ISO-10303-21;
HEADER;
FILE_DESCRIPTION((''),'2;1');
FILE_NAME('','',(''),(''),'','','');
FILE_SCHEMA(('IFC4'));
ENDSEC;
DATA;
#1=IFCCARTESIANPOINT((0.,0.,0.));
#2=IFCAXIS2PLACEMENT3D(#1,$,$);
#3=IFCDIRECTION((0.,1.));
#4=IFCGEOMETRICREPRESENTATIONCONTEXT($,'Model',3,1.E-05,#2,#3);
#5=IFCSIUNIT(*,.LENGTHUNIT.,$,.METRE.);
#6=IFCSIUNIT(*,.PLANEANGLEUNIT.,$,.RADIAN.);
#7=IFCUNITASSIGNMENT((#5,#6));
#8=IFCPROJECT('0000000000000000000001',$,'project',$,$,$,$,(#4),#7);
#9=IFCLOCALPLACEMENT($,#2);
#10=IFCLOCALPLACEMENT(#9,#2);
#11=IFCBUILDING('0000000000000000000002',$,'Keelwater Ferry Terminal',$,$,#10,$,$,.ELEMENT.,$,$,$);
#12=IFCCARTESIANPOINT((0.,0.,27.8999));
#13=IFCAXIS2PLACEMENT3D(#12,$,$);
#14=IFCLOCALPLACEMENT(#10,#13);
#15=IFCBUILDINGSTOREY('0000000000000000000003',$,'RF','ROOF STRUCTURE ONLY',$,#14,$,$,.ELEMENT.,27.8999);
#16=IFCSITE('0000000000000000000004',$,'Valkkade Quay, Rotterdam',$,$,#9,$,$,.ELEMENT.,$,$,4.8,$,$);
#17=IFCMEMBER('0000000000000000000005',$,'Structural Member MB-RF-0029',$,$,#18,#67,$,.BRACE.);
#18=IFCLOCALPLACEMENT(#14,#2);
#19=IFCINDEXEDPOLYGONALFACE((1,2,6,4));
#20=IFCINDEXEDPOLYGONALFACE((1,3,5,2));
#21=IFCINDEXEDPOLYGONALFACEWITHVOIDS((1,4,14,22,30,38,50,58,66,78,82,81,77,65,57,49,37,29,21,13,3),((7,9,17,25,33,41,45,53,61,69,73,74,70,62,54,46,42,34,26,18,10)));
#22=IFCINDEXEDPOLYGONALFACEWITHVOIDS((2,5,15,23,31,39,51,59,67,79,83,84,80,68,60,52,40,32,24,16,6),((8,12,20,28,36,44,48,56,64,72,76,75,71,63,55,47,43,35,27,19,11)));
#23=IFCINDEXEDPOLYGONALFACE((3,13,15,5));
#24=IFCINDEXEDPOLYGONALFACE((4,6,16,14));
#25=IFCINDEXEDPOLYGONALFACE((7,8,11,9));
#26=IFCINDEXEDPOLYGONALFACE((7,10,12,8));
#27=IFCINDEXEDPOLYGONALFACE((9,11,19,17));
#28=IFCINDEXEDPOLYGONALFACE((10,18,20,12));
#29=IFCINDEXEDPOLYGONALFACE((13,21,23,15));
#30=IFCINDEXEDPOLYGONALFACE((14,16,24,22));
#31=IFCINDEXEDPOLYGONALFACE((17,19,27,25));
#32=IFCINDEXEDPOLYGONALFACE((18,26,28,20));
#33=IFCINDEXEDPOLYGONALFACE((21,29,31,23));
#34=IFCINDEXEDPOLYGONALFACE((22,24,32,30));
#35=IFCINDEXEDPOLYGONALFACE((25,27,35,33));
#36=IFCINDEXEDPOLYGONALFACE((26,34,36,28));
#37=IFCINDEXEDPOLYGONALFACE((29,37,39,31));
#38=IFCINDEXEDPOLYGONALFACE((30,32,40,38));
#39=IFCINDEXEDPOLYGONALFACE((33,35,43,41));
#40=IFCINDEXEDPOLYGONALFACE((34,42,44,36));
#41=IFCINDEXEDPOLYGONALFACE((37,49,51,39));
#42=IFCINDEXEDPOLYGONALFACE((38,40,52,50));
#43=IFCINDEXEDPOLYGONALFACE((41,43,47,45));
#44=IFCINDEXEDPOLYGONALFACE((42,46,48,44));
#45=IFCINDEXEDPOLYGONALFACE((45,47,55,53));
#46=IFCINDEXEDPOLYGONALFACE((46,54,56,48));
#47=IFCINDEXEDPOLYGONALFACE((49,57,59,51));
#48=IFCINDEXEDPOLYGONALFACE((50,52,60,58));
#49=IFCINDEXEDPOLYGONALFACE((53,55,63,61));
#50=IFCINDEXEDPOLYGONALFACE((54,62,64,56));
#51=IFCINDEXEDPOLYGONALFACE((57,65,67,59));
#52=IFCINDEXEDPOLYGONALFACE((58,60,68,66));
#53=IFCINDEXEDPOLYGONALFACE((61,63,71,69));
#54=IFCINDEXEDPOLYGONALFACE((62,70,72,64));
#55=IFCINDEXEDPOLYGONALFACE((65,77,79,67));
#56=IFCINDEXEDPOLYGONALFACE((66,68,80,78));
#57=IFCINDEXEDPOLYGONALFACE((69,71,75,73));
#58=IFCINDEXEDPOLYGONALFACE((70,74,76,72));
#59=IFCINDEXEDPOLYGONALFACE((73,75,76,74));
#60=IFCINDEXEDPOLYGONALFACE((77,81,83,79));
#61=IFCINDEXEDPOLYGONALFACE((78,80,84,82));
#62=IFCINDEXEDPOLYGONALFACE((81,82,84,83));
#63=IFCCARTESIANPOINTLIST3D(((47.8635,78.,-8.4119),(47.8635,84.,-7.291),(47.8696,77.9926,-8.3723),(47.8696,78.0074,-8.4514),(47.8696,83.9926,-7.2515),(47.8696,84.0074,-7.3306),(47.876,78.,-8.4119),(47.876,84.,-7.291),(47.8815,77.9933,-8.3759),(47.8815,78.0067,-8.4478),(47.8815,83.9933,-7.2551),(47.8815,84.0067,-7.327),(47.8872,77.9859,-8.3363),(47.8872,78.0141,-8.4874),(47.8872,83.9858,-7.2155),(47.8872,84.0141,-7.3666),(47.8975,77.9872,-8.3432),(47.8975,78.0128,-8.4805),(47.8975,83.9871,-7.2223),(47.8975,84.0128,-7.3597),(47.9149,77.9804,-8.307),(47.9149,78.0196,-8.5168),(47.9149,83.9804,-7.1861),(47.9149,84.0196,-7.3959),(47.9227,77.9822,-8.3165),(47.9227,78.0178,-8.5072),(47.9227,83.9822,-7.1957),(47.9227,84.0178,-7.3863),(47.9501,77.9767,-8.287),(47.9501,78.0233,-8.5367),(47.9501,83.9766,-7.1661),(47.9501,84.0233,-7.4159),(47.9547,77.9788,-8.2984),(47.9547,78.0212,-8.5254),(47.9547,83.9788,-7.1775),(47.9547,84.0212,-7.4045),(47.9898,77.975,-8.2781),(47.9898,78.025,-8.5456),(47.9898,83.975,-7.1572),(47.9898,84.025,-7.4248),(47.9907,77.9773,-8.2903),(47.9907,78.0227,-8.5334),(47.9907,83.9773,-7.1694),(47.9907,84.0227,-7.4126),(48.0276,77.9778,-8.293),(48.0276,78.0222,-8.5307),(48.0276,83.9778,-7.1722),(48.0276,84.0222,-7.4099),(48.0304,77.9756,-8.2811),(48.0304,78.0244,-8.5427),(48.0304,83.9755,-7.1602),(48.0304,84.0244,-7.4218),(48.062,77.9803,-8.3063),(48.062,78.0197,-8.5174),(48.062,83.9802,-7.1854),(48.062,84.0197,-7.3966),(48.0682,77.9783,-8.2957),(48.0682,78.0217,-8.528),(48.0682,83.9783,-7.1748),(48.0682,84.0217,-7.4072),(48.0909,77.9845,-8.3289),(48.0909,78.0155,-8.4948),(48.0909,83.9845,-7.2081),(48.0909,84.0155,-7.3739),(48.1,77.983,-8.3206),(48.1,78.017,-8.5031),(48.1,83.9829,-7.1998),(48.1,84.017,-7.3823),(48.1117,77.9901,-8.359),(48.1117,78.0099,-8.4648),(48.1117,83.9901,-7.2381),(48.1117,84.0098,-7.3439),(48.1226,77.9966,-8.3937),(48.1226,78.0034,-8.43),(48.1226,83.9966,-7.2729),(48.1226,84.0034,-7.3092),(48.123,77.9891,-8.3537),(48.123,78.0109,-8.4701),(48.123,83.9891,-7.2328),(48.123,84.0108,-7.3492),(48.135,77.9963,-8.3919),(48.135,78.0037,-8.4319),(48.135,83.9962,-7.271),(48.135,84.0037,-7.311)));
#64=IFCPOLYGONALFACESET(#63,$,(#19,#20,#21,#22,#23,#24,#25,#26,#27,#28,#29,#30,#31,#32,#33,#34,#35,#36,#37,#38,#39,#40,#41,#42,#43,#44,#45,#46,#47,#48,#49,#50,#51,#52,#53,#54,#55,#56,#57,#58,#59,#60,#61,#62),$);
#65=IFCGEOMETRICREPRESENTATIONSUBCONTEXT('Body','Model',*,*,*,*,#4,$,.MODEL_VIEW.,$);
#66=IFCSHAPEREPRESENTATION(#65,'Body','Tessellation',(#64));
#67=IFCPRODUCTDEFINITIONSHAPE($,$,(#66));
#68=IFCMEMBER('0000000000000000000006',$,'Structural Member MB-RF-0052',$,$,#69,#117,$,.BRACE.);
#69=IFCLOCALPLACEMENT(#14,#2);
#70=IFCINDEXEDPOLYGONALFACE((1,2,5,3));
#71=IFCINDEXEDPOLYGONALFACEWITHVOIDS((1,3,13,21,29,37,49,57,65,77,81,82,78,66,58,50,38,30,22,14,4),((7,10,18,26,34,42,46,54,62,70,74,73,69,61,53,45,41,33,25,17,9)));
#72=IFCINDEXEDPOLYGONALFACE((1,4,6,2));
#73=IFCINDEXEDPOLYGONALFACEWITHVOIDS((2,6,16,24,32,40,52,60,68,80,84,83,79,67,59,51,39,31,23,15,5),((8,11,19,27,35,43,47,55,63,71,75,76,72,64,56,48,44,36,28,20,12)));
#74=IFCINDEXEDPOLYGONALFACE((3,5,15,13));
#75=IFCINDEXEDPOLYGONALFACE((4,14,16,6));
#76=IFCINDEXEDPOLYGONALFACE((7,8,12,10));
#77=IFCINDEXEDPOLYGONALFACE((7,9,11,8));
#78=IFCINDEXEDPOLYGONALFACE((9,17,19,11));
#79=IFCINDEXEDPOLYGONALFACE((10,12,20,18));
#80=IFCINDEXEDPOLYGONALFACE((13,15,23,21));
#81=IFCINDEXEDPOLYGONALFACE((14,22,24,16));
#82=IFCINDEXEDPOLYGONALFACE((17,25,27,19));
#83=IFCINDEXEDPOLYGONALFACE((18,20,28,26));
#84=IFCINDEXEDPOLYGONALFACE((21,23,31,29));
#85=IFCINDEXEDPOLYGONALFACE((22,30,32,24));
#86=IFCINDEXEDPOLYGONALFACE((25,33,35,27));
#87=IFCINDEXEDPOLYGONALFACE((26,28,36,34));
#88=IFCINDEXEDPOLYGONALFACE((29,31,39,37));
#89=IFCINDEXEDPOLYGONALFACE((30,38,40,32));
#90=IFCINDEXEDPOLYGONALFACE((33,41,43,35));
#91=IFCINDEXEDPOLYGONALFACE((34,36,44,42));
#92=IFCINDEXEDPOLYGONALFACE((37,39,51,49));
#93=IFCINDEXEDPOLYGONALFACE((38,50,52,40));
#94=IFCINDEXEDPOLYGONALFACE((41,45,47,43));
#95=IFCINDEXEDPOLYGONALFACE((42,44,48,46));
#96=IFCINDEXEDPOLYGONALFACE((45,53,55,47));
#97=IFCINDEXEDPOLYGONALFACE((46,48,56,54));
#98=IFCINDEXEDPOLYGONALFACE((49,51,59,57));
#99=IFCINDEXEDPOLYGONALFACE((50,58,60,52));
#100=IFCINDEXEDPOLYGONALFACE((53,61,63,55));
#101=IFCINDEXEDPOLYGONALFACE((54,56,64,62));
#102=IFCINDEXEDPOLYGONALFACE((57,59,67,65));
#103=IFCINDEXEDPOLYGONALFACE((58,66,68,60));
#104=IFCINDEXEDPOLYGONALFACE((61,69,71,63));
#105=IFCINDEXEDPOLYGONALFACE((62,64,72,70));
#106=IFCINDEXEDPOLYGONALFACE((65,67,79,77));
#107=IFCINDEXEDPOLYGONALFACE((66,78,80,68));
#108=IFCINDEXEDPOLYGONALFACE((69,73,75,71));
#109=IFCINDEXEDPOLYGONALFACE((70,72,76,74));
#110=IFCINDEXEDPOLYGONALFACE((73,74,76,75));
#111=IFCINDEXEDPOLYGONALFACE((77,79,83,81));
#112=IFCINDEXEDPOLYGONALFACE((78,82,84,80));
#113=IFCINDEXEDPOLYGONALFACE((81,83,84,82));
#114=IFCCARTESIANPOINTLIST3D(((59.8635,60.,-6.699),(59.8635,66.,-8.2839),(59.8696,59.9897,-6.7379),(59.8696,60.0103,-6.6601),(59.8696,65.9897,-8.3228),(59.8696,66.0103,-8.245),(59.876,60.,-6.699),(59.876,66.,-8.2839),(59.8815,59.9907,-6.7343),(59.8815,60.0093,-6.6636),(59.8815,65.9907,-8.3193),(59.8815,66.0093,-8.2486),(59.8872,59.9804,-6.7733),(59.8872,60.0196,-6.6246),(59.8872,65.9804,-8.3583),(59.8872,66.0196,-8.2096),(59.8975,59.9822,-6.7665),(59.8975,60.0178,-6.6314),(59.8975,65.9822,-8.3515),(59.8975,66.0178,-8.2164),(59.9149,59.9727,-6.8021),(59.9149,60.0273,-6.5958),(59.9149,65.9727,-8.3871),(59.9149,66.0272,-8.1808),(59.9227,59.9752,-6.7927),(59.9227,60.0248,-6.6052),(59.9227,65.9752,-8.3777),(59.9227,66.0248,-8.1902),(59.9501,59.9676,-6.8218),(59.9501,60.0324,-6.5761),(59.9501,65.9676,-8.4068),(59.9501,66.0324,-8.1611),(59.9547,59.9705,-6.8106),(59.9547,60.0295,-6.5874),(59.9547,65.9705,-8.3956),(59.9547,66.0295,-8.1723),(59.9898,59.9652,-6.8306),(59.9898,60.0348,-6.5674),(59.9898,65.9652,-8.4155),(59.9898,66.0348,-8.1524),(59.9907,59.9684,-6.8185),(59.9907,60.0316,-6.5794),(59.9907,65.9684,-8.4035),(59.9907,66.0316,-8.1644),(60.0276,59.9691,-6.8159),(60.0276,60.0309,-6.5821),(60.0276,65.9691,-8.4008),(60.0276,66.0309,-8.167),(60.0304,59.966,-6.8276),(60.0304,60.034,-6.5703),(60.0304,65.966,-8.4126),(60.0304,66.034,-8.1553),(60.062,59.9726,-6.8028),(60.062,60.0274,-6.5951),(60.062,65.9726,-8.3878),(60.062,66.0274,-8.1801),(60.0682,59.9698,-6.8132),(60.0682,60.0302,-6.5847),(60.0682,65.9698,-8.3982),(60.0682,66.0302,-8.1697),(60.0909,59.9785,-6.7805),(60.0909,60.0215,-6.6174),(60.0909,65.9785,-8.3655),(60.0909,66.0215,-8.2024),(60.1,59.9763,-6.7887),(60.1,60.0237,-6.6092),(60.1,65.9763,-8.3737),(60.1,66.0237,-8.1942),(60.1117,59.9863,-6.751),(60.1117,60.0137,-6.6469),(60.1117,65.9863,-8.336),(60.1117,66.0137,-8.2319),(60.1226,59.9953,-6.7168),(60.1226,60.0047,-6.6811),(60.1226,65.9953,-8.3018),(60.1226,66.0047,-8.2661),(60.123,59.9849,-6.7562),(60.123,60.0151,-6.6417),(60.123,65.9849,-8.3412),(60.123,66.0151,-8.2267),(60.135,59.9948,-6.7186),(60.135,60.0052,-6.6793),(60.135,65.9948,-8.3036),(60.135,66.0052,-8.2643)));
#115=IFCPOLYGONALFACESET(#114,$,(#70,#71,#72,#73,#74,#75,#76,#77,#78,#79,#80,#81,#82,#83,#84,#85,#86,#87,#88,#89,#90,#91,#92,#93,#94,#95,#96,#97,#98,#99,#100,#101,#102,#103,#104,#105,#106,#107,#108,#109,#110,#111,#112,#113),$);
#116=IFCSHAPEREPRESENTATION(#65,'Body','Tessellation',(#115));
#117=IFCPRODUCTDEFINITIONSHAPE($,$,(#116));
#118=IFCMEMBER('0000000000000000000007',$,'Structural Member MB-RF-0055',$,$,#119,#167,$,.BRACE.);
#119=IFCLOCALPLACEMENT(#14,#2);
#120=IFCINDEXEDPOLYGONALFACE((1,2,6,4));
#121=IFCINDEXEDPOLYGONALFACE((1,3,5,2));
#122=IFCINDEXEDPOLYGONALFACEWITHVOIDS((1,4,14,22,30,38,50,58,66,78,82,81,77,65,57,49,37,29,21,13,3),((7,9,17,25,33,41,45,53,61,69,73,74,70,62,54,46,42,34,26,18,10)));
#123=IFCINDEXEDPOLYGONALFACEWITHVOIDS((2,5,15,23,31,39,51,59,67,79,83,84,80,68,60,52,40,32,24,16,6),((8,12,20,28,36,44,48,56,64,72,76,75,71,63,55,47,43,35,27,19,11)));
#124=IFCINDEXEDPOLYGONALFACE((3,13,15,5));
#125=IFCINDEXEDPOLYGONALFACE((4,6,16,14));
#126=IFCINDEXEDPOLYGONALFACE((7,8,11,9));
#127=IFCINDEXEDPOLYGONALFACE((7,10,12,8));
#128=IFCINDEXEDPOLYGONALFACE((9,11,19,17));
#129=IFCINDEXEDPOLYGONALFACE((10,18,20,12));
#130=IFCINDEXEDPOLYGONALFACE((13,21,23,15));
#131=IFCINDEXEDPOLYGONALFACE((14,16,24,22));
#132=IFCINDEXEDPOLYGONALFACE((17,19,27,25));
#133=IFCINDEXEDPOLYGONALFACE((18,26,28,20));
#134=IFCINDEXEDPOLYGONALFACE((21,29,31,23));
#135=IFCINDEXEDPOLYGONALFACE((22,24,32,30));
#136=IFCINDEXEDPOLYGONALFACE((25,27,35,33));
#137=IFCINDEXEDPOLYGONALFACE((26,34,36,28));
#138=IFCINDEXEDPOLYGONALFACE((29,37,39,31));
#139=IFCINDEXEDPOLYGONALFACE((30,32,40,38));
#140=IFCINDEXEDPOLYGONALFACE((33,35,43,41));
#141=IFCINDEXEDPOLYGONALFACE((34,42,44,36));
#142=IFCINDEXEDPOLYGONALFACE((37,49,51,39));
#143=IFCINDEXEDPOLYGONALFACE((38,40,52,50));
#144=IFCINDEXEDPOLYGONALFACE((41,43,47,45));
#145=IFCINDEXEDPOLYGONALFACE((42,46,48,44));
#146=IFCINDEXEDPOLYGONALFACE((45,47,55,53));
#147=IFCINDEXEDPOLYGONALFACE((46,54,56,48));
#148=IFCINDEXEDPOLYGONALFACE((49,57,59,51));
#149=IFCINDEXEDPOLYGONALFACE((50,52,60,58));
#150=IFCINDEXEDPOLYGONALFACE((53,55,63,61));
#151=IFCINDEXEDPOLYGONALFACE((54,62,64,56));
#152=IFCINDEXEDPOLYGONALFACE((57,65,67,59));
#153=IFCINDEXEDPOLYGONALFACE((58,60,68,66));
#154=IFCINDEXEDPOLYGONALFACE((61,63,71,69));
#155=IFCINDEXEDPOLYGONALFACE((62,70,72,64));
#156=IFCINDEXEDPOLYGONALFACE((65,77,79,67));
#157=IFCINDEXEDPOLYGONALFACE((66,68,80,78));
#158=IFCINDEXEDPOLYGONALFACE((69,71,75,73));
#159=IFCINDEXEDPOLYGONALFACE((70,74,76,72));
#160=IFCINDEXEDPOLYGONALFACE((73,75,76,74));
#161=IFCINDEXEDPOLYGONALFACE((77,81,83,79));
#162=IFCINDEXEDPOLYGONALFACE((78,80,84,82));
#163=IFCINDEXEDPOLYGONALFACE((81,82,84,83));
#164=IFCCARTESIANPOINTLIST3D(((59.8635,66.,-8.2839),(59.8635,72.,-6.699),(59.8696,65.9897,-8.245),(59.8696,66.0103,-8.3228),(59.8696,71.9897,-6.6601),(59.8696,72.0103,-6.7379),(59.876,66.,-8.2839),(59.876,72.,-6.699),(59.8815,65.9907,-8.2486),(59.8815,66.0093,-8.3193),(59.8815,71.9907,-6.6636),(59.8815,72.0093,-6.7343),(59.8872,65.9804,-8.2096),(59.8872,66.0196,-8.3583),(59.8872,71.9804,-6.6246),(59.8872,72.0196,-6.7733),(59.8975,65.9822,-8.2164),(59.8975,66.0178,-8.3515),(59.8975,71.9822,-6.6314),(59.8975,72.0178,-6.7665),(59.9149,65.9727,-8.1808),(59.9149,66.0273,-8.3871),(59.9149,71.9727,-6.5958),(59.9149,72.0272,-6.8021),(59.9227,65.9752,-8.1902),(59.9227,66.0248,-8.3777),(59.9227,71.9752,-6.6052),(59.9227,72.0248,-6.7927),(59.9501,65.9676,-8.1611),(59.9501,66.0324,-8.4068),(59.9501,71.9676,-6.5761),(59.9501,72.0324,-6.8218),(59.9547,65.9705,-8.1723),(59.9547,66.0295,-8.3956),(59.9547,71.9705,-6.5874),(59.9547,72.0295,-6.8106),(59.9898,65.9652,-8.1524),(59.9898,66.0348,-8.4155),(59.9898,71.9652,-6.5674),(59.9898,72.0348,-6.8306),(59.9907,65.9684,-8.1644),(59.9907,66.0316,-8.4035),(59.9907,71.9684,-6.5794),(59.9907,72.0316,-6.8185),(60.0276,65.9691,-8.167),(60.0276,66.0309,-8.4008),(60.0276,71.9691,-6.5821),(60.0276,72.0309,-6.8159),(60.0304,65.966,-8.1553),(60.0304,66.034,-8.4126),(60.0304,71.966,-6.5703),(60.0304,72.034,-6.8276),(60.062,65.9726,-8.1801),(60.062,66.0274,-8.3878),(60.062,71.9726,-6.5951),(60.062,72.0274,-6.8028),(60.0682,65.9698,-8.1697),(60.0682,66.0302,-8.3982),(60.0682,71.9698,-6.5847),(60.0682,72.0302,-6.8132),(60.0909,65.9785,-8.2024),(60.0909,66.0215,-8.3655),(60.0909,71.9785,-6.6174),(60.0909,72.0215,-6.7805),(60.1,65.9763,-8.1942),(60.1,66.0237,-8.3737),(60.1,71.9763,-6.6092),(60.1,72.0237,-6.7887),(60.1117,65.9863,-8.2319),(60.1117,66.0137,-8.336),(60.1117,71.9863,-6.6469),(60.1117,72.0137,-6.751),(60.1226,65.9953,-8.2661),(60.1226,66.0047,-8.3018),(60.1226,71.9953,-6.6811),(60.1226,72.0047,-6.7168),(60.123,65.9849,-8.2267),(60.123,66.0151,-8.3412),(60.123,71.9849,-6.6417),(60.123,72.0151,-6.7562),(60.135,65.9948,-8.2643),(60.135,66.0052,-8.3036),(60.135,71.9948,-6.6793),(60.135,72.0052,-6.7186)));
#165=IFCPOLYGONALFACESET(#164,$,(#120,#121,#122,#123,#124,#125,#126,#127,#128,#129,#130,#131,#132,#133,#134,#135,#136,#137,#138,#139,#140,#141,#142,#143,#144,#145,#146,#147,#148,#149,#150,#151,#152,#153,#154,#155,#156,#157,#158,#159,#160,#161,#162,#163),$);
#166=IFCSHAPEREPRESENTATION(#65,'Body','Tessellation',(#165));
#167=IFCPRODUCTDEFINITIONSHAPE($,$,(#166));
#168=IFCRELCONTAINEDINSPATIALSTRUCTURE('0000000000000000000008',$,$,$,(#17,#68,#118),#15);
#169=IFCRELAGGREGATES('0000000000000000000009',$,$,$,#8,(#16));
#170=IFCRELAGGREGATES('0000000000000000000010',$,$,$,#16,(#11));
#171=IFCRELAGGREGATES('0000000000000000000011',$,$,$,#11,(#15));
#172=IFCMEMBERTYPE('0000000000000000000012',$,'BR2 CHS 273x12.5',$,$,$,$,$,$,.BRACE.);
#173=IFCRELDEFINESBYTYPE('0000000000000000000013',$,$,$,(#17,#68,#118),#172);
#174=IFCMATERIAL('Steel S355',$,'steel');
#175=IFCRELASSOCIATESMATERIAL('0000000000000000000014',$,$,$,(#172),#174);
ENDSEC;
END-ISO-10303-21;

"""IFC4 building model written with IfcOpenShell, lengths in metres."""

from ifc_helpers import new_model, si_unit, direction, frame, origin, origin_2d, place, context, subcontext, project, spatial, hollow_circle, extrude, material, material_profile, profile_set, type_object, element, save


model = new_model("IFC4")

# Units and contexts
model_context = context("Model", 3, precision=1e-05, world=origin(), true_north=direction((0.0, 1.0)))
body_context = subcontext(model_context, "Body", "Model", "MODEL_VIEW")
ifc_project = project(units=[si_unit("LENGTHUNIT", "METRE"), si_unit("PLANEANGLEUNIT", "RADIAN")], contexts=[model_context])

# Site, building, storey
site_placement = place(None, origin())
site = spatial("IfcSite", under=ifc_project, at=site_placement, Name="Valkkade Quay, Rotterdam", CompositionType="ELEMENT", RefElevation=4.8)
building_placement = place(site_placement, origin())
building = spatial("IfcBuilding", under=site, at=building_placement, Name="Keelwater Ferry Terminal", CompositionType="ELEMENT")
storey_placement = place(building_placement, frame((0.0, 0.0, 27.8999)))
storey = spatial("IfcBuildingStorey", under=building, at=storey_placement, Name="RF", Description="ROOF STRUCTURE ONLY", CompositionType="ELEMENT", Elevation=27.8999)

# Members
ifc_material_1 = material(Name="Steel S355", Category="steel")
ifc_material_profile_1 = material_profile(ifc_material_1, hollow_circle(Radius=0.1365, WallThickness=0.0125, at=origin_2d()), Name="CHS 273x12.5")
ifc_profile_set_1 = profile_set([ifc_material_profile_1], Name="Steel S355")
member_type_1 = type_object("IfcMemberType", Name="BR2 CHS 273x12.5", PredefinedType="BRACE", material=ifc_profile_set_1)
member_1_placement = place(storey_placement, frame((48.0, 78.0, -8.4119), z_axis=(0.0, 0.982995, 0.183632), x_axis=(-1.0, 0.0, 0.0)))
element("IfcMember", 1, at=member_1_placement, inside=storey, type_object=member_type_1, Name="Structural Member MB-RF-0029", PredefinedType="BRACE", context=body_context, shape_type="SweptSolid", body=[
    extrude(hollow_circle(Radius=0.1365, WallThickness=0.0125, at=origin_2d()), origin(), (0.0, 0.0, 1.0), 6.1038),
])
for number, where, z_axis, x_axis, name in (
    (2, (60.0, 60.0, -6.699), (0.0, 0.966836, -0.255399), (-1.0, 0.0, 0.0), "Structural Member MB-RF-0052"),
    (3, (60.0, 66.0, -8.2839), (0.0, 0.966836, 0.255399), (-1.0, 0.0, 0.0), "Structural Member MB-RF-0055"),
):
    element("IfcMember", number, at=place(storey_placement, frame(where, z_axis=z_axis, x_axis=x_axis)), inside=storey, type_object=member_type_1, Name=name, PredefinedType="BRACE", context=body_context, shape_type="SweptSolid", body=[
        extrude(hollow_circle(Radius=0.1365, WallThickness=0.0125, at=origin_2d()), origin(), (0.0, 0.0, 1.0), 6.2058),
    ])

save(model, "model.ifc")
